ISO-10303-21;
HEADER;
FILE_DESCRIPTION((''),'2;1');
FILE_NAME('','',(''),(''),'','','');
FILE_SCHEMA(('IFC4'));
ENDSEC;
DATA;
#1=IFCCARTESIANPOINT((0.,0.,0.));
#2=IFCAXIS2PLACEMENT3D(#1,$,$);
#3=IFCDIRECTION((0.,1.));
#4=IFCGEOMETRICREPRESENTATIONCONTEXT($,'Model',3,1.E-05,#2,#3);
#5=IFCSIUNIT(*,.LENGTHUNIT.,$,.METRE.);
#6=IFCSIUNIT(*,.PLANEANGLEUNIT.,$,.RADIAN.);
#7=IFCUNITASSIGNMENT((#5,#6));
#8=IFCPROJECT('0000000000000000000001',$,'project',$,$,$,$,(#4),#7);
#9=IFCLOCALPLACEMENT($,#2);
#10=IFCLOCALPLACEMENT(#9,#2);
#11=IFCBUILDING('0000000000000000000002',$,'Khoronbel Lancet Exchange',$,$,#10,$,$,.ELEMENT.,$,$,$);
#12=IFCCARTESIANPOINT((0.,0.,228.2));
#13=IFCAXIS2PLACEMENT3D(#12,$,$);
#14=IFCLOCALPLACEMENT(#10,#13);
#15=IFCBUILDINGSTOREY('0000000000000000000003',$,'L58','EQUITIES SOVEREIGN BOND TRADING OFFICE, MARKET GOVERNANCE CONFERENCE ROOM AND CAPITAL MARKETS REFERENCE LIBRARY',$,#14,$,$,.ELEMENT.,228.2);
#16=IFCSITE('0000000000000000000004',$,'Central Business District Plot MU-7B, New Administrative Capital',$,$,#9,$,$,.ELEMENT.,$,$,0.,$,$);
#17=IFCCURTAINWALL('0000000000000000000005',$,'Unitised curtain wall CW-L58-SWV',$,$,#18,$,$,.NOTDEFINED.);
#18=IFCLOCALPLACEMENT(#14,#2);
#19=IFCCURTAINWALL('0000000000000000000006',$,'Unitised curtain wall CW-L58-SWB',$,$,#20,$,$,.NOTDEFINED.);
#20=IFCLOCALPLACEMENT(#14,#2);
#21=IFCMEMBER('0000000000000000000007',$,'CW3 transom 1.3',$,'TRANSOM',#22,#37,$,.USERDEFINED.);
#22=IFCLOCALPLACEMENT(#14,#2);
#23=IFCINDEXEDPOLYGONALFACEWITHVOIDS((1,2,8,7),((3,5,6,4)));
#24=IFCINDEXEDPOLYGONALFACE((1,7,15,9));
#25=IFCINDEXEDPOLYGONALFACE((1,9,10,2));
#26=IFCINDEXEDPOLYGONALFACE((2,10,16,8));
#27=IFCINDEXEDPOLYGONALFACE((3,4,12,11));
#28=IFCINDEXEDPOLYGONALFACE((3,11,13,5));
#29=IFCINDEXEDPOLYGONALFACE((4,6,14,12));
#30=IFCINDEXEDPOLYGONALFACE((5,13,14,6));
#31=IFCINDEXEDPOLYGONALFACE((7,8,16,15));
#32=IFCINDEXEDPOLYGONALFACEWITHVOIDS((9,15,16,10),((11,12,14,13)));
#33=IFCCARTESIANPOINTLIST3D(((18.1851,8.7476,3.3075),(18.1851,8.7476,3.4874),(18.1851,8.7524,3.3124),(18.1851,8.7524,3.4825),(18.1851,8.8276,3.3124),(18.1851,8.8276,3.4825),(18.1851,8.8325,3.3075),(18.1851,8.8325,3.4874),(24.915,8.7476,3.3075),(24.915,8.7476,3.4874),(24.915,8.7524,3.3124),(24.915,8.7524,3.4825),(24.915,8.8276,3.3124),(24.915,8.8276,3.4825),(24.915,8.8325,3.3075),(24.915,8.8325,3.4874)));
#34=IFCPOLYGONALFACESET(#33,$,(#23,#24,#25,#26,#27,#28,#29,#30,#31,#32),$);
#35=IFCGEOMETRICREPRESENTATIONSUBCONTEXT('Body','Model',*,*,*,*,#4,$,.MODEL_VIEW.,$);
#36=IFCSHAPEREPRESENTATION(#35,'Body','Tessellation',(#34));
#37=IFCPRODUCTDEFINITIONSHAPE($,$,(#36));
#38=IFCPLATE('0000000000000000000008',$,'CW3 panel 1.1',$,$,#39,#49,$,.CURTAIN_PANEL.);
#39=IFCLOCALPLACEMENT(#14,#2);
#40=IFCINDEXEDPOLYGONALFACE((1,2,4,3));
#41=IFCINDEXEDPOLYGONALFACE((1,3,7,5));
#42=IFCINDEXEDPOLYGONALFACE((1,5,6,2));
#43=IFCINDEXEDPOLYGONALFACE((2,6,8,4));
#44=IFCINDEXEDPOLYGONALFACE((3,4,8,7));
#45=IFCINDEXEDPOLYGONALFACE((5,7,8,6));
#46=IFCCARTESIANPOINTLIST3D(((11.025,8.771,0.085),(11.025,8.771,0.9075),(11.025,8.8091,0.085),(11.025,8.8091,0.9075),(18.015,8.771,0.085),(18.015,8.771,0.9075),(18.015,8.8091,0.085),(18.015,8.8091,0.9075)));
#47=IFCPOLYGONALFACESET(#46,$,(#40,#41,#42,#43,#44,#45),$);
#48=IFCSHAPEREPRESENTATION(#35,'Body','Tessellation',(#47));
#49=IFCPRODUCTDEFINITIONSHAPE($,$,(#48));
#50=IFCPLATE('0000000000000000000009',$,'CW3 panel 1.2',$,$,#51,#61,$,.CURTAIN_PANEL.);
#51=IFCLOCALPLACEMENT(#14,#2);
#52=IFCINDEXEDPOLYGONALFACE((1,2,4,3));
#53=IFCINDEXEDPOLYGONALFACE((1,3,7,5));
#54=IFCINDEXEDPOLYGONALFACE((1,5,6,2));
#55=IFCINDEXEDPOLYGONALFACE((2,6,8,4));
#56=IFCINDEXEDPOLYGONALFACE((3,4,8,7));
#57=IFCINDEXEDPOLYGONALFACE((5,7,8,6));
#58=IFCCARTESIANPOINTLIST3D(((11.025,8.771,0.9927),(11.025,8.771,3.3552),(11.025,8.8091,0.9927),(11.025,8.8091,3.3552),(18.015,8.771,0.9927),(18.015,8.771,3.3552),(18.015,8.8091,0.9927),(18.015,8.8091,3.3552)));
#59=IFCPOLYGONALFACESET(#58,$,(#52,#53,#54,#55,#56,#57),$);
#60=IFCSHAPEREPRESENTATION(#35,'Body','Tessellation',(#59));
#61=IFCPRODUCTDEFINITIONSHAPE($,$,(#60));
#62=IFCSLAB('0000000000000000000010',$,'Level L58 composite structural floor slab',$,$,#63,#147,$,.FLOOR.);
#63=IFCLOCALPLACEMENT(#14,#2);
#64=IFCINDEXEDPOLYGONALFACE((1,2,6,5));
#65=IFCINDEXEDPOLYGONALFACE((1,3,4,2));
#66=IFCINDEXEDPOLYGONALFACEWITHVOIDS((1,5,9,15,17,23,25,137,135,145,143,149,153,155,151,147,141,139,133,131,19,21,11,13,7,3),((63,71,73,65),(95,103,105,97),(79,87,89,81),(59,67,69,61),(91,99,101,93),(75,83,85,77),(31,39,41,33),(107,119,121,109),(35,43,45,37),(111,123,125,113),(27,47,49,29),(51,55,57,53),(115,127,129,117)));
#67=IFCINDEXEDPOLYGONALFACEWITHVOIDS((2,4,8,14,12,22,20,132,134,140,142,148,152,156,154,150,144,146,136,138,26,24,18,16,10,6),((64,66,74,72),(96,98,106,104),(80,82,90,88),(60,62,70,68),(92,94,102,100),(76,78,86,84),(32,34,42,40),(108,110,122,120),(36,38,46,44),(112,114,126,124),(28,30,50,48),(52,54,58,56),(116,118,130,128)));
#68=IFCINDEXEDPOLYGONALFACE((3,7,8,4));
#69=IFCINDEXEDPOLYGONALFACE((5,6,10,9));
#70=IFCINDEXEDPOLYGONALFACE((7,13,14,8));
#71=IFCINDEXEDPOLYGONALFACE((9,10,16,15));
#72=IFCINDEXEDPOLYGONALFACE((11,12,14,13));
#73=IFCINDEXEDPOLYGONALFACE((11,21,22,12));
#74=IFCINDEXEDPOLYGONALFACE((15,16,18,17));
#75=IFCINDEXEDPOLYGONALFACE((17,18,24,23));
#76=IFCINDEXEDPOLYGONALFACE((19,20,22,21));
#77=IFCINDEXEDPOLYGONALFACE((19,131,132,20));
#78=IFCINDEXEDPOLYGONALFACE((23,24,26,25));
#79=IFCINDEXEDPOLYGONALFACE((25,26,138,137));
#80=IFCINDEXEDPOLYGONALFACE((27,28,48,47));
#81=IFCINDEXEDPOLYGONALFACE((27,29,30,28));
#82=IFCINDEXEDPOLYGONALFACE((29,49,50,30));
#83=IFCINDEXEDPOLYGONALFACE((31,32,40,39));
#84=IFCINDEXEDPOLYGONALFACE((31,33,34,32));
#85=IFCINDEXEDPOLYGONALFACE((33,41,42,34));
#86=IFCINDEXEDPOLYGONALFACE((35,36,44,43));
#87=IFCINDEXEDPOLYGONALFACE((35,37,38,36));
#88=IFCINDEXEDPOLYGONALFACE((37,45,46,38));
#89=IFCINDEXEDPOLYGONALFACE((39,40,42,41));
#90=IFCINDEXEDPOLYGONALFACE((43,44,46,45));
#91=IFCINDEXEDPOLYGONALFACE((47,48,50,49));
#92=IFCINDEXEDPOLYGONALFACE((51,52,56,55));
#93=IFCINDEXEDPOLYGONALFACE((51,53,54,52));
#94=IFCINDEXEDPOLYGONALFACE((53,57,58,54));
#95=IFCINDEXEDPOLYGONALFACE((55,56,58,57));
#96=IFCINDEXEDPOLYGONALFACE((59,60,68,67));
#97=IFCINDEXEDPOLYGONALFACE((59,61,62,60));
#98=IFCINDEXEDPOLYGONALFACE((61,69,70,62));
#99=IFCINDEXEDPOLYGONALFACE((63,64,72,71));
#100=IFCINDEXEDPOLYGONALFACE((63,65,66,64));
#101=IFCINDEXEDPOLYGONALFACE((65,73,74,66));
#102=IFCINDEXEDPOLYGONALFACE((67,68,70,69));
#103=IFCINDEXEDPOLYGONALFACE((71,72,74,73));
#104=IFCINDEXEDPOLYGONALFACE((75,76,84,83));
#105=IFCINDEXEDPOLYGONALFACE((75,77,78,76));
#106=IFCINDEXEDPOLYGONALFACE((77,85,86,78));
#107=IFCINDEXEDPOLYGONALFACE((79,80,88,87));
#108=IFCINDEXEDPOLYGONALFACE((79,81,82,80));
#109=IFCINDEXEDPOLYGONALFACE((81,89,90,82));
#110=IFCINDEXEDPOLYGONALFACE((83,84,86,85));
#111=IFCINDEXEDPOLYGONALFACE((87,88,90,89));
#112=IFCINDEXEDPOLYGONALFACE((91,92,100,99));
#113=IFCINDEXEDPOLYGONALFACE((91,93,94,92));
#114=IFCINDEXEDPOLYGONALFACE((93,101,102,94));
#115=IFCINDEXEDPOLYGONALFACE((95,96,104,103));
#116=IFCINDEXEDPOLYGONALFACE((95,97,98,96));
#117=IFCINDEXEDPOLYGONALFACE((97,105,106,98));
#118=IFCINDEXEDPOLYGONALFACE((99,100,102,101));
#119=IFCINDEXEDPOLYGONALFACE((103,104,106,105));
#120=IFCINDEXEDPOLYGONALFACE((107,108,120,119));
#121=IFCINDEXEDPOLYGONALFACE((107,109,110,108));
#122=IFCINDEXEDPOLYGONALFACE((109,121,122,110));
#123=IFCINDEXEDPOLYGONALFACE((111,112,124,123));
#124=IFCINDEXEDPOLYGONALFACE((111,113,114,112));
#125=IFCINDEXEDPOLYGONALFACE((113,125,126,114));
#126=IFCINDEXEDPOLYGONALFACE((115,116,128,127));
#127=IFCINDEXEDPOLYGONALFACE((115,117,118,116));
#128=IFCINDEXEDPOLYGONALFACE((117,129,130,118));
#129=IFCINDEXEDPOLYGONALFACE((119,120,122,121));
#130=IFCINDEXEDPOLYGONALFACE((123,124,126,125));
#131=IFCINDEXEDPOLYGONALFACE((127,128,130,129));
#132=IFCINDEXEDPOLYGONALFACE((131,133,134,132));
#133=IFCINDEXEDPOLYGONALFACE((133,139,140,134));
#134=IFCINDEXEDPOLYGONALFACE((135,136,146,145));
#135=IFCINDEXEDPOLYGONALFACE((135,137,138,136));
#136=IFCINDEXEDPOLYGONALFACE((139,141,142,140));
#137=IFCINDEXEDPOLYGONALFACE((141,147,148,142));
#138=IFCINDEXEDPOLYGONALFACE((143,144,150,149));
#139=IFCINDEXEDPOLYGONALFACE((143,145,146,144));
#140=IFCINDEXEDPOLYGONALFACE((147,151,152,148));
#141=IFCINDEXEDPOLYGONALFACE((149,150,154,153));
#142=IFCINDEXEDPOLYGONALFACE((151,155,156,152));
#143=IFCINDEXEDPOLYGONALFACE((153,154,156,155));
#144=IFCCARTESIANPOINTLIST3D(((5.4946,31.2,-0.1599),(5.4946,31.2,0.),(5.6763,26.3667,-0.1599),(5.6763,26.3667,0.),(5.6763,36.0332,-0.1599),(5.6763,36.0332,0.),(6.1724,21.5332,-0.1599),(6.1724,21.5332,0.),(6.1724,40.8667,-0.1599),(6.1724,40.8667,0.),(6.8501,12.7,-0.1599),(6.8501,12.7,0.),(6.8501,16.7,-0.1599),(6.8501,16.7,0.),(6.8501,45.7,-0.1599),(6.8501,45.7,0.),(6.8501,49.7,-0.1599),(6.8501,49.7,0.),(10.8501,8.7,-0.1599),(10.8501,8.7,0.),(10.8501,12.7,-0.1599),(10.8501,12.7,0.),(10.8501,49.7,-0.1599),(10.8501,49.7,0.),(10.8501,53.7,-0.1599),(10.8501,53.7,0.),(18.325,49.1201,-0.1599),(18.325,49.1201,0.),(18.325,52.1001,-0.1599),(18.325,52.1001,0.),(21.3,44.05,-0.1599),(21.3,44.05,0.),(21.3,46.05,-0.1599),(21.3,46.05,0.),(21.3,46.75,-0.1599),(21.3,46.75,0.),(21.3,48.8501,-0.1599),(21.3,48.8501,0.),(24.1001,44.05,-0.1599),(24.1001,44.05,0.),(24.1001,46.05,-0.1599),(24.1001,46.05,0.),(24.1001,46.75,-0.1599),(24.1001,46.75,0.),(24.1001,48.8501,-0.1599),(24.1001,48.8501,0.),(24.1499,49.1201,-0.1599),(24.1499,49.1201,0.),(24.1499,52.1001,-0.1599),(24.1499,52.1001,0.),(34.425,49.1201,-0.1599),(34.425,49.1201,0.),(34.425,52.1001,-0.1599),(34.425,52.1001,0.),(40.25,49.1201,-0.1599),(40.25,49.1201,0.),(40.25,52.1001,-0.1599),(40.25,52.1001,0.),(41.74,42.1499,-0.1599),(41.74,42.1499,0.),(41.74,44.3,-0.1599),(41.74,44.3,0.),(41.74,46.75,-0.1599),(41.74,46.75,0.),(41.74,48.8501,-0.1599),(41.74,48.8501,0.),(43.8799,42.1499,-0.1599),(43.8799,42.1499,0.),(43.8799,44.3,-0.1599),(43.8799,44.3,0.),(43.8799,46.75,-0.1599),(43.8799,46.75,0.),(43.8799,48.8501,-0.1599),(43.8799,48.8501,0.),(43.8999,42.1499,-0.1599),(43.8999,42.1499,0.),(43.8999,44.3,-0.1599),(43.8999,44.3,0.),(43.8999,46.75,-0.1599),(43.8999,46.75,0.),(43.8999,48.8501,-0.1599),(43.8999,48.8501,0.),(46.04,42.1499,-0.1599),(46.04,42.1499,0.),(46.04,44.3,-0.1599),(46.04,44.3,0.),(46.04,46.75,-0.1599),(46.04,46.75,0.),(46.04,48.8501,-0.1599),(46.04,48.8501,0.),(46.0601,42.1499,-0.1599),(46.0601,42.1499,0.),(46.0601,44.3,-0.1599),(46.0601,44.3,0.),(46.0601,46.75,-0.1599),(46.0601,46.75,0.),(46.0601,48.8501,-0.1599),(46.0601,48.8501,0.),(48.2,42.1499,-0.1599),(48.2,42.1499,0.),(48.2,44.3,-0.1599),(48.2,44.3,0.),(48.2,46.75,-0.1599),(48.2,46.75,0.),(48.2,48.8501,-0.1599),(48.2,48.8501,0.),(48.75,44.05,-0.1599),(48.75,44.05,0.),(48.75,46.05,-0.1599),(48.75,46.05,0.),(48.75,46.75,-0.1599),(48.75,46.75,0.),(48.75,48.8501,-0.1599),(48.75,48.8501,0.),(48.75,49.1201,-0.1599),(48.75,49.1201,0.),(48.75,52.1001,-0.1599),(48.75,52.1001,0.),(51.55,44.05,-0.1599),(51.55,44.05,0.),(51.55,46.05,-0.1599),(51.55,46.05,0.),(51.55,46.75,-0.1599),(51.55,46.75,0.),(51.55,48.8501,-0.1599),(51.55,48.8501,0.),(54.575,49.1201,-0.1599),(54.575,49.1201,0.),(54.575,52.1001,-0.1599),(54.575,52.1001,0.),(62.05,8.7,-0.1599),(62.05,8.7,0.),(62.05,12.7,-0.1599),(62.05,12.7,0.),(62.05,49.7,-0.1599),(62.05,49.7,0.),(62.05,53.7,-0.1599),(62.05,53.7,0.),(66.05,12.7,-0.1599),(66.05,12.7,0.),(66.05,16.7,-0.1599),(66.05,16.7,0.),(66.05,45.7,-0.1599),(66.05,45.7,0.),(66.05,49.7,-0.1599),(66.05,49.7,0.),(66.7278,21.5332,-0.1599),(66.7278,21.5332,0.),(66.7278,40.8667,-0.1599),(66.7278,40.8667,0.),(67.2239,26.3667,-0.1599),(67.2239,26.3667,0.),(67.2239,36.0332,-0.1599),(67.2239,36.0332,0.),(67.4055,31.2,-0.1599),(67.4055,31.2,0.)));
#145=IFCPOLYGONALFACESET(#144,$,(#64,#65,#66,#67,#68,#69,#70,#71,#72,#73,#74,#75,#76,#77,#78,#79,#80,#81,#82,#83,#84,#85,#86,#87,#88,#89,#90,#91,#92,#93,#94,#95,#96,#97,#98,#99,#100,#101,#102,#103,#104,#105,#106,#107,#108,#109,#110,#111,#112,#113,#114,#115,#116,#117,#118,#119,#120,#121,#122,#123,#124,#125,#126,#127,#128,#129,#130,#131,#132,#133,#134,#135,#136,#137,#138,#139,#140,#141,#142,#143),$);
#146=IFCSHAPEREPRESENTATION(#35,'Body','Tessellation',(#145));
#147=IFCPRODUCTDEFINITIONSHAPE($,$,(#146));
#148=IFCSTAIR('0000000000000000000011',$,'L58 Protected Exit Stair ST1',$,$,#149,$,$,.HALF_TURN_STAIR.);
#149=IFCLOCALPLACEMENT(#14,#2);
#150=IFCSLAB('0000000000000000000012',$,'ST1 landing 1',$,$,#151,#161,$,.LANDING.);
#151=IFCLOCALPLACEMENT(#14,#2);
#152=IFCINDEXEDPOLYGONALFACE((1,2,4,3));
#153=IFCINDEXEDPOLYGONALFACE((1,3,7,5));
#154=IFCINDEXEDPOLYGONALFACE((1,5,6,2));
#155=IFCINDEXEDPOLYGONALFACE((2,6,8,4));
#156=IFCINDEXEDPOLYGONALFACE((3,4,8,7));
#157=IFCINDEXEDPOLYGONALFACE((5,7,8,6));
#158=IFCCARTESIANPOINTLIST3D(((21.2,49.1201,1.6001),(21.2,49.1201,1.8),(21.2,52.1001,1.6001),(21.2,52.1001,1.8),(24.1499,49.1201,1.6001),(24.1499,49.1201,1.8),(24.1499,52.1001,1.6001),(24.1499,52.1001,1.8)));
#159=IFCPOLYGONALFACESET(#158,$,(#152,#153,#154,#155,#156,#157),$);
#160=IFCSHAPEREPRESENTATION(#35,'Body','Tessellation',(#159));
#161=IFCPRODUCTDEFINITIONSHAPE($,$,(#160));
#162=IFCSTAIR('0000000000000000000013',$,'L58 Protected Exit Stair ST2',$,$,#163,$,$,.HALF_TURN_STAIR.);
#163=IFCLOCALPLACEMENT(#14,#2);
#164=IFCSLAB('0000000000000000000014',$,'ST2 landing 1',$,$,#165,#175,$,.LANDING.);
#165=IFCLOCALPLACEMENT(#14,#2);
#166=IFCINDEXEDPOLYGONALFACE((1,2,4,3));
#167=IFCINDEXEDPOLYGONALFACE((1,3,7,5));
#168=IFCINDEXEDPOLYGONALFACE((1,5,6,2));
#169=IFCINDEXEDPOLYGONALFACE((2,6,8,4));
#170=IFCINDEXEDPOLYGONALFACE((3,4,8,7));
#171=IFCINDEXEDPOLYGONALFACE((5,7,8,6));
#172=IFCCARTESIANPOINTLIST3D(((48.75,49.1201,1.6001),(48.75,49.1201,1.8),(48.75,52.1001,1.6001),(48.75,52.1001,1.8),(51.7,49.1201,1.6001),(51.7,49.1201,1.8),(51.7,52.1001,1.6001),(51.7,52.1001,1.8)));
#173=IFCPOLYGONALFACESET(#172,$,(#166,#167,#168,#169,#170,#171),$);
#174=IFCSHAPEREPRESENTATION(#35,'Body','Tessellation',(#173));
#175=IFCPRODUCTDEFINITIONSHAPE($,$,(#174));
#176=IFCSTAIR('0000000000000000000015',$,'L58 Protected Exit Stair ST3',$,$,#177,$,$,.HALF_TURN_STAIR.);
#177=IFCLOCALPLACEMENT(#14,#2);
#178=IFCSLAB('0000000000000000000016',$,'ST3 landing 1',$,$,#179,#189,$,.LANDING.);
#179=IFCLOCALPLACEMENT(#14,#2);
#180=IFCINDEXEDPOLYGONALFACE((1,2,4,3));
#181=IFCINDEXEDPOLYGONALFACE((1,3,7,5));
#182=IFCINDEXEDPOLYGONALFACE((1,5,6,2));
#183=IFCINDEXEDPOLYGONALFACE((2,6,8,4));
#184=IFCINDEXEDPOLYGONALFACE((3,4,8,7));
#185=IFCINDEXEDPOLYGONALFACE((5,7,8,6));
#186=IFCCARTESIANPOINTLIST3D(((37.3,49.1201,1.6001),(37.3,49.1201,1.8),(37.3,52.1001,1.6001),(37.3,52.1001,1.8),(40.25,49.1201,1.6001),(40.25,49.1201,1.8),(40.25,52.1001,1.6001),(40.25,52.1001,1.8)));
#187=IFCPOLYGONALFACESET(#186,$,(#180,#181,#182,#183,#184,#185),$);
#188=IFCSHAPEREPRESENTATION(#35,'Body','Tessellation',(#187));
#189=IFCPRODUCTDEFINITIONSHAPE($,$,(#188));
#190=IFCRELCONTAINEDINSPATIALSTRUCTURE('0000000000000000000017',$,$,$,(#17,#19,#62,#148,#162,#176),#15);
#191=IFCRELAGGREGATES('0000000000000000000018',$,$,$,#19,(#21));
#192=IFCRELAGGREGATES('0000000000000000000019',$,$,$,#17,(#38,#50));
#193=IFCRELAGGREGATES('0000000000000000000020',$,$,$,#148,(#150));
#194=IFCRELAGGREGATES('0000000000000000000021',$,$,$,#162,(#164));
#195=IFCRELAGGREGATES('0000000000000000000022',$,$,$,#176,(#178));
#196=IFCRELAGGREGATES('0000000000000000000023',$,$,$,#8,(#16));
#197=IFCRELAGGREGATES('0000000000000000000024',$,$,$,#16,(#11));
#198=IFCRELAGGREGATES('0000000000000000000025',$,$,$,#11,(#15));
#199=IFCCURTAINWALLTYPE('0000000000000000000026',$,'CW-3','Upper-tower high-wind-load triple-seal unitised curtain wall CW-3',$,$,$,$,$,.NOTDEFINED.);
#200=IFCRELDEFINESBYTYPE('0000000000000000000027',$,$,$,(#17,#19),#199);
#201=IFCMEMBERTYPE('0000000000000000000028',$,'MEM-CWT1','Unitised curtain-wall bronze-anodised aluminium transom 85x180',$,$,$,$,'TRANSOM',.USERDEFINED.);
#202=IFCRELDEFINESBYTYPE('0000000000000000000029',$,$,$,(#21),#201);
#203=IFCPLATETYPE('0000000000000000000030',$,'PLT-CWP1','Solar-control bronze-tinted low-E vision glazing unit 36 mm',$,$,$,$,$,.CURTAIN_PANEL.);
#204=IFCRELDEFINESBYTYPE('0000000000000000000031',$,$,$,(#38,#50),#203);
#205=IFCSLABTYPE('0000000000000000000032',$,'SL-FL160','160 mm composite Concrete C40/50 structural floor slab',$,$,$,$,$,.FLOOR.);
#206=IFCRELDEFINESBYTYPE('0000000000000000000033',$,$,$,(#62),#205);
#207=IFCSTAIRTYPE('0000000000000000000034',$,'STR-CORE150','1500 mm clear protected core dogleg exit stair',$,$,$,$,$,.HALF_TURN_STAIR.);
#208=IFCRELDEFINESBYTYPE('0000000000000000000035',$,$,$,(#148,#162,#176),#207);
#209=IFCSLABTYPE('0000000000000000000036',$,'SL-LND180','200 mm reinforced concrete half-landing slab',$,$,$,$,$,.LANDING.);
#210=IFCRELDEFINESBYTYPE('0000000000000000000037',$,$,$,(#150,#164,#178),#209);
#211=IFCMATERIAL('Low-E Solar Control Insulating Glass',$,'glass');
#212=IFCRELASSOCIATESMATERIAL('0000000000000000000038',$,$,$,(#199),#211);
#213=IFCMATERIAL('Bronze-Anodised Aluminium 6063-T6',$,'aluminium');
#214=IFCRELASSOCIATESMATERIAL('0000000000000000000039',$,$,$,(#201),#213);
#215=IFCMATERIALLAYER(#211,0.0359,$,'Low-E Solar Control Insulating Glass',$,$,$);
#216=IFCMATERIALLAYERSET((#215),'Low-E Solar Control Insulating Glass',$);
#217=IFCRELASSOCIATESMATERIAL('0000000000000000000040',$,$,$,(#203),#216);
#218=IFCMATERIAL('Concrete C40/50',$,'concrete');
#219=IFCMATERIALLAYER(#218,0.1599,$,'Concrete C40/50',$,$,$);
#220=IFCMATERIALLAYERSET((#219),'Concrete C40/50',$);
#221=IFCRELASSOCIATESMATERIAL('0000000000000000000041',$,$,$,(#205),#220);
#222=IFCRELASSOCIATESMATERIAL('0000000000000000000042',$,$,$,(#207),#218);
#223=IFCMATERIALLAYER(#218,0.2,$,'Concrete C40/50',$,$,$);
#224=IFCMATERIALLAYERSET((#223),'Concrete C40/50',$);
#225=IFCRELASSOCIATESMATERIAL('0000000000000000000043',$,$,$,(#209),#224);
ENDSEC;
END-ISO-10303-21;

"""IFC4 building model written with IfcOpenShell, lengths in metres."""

from ifc_helpers import new_model, si_unit, direction, frame, origin, origin_2d, place, context, subcontext, project, spatial, polyline, rectangle, hollow_rectangle, outline, extrude, material, layer, layer_set, material_profile, profile_set, type_object, element, aggregate, save


model = new_model("IFC4")

# Units and contexts
model_context = context("Model", 3, precision=1e-05, world=origin(), true_north=direction((0.0, 1.0)))
body_context = subcontext(model_context, "Body", "Model", "MODEL_VIEW")
ifc_project = project(units=[si_unit("LENGTHUNIT", "METRE"), si_unit("PLANEANGLEUNIT", "RADIAN")], contexts=[model_context])

# Site, building, storey
site_placement = place(None, origin())
site = spatial("IfcSite", under=ifc_project, at=site_placement, Name="Central Business District Plot MU-7B, New Administrative Capital", CompositionType="ELEMENT", RefElevation=0.0)
building_placement = place(site_placement, origin())
building = spatial("IfcBuilding", under=site, at=building_placement, Name="Khoronbel Lancet Exchange", CompositionType="ELEMENT")
storey_placement = place(building_placement, frame((0.0, 0.0, 228.2)))
storey = spatial("IfcBuildingStorey", under=building, at=storey_placement, Name="L58", Description="EQUITIES SOVEREIGN BOND TRADING OFFICE, MARKET GOVERNANCE CONFERENCE ROOM AND CAPITAL MARKETS REFERENCE LIBRARY", CompositionType="ELEMENT", Elevation=228.2)

# Curtain wall
ifc_material_1 = material(Name="Low-E Solar Control Insulating Glass", Category="glass")
curtain_wall_type = type_object("IfcCurtainWallType", Name="CW-3", Description="Upper-tower high-wind-load triple-seal unitised curtain wall CW-3", PredefinedType="NOTDEFINED", material=ifc_material_1)
curtain_wall_1_placement = place(storey_placement, origin())
curtain_wall_1 = element("IfcCurtainWall", 1, at=curtain_wall_1_placement, inside=storey, type_object=curtain_wall_type, Name="Unitised curtain wall CW-L58-SWV", PredefinedType="NOTDEFINED")
ifc_material_2 = material(Name="Bronze-Anodised Aluminium 6063-T6", Category="aluminium")

# Curtain wall
curtain_wall_2_placement = place(storey_placement, origin())
curtain_wall_2 = element("IfcCurtainWall", 2, at=curtain_wall_2_placement, inside=storey, type_object=curtain_wall_type, Name="Unitised curtain wall CW-L58-SWB", PredefinedType="NOTDEFINED")

# Member
ifc_material_profile_1 = material_profile(ifc_material_2, hollow_rectangle(XDim=0.085, YDim=0.1799, WallThickness=0.0049, at=origin_2d()), Name="ALU TRANSOM 85x180")
ifc_profile_set_1 = profile_set([ifc_material_profile_1], Name="Bronze-Anodised Aluminium 6063-T6")
member_type_1 = type_object("IfcMemberType", Name="MEM-CWT1", Description="Unitised curtain-wall bronze-anodised aluminium transom 85x180", ElementType="TRANSOM", PredefinedType="USERDEFINED", material=ifc_profile_set_1)
member_1_placement = place(storey_placement, frame((18.1851, 8.79, 3.3975), z_axis=(1.0, 0.0, 0.0), x_axis=(0.0, 1.0, 0.0)))
member_1 = element("IfcMember", 3, at=member_1_placement, type_object=member_type_1, Name="CW3 transom 1.3", ObjectType="TRANSOM", PredefinedType="USERDEFINED", context=body_context, shape_type="SweptSolid", body=[
    extrude(hollow_rectangle(XDim=0.085, YDim=0.1799, WallThickness=0.0049, at=origin_2d()), origin(), (0.0, 0.0, 1.0), 6.73),
])
aggregate(curtain_wall_2, [member_1])

# Plates
ifc_layer_1 = layer(ifc_material_1, 0.0359, Name="Low-E Solar Control Insulating Glass")
ifc_layer_set_1 = layer_set([ifc_layer_1], Name="Low-E Solar Control Insulating Glass")
plate_type = type_object("IfcPlateType", Name="PLT-CWP1", Description="Solar-control bronze-tinted low-E vision glazing unit 36 mm", PredefinedType="CURTAIN_PANEL", material=ifc_layer_set_1)
plate_1_placement = place(storey_placement, frame((14.52, 8.79, 0.085), z_axis=(0.0, 0.0, 1.0), x_axis=(1.0, 0.0, 0.0)))
plate_1 = element("IfcPlate", 4, at=plate_1_placement, type_object=plate_type, Name="CW3 panel 1.1", PredefinedType="CURTAIN_PANEL", context=body_context, shape_type="SweptSolid", body=[
    extrude(rectangle(XDim=6.99, YDim=0.0381, at=origin_2d()), origin(), (0.0, 0.0, 1.0), 0.8225),
])
plate_2_placement = place(storey_placement, frame((14.52, 8.79, 0.9927), z_axis=(0.0, 0.0, 1.0), x_axis=(1.0, 0.0, 0.0)))
plate_2 = element("IfcPlate", 5, at=plate_2_placement, type_object=plate_type, Name="CW3 panel 1.2", PredefinedType="CURTAIN_PANEL", context=body_context, shape_type="SweptSolid", body=[
    extrude(rectangle(XDim=6.99, YDim=0.0381, at=origin_2d()), origin(), (0.0, 0.0, 1.0), 2.3625),
])
aggregate(curtain_wall_1, [plate_1, plate_2])

# Slab
ifc_material_3 = material(Name="Concrete C40/50", Category="concrete")
ifc_layer_2 = layer(ifc_material_3, 0.1599, Name="Concrete C40/50")
ifc_layer_set_2 = layer_set([ifc_layer_2], Name="Concrete C40/50")
slab_type_1 = type_object("IfcSlabType", Name="SL-FL160", Description="160 mm composite Concrete C40/50 structural floor slab", PredefinedType="FLOOR", material=ifc_layer_set_2)
slab_1_placement = place(storey_placement, frame((0.0, 0.0, -0.1599)))
element("IfcSlab", 6, at=slab_1_placement, inside=storey, type_object=slab_type_1, Name="Level L58 composite structural floor slab", PredefinedType="FLOOR", context=body_context, shape_type="SweptSolid", body=[
    extrude(outline(polyline([(10.8501, 8.7), (62.05, 8.7), (62.05, 12.7), (66.05, 12.7), (66.05, 16.7), (66.7278, 21.5332), (67.2239, 26.3667), (67.4055, 31.2), (67.2239, 36.0332), (66.7278, 40.8667), (66.05, 45.7), (66.05, 49.7), (62.05, 49.7), (62.05, 53.7), (10.8501, 53.7), (10.8501, 49.7), (6.8501, 49.7), (6.8501, 45.7), (6.1724, 40.8667), (5.6763, 36.0332), (5.4946, 31.2), (5.6763, 26.3667), (6.1724, 21.5332), (6.8501, 16.7), (6.8501, 12.7), (10.8501, 12.7), (10.8501, 8.7)]), holes=[polyline([(18.325, 49.1201), (24.1499, 49.1201), (24.1499, 52.1001), (18.325, 52.1001), (18.325, 49.1201)]), polyline([(48.75, 49.1201), (54.575, 49.1201), (54.575, 52.1001), (48.75, 52.1001), (48.75, 49.1201)]), polyline([(34.425, 49.1201), (40.25, 49.1201), (40.25, 52.1001), (34.425, 52.1001), (34.425, 49.1201)]), polyline([(41.74, 46.75), (43.8799, 46.75), (43.8799, 48.8501), (41.74, 48.8501), (41.74, 46.75)]), polyline([(43.8999, 46.75), (46.04, 46.75), (46.04, 48.8501), (43.8999, 48.8501), (43.8999, 46.75)]), polyline([(46.0601, 46.75), (48.2, 46.75), (48.2, 48.8501), (46.0601, 48.8501), (46.0601, 46.75)]), polyline([(41.74, 42.1499), (43.8799, 42.1499), (43.8799, 44.3), (41.74, 44.3), (41.74, 42.1499)]), polyline([(43.8999, 42.1499), (46.04, 42.1499), (46.04, 44.3), (43.8999, 44.3), (43.8999, 42.1499)]), polyline([(46.0601, 42.1499), (48.2, 42.1499), (48.2, 44.3), (46.0601, 44.3), (46.0601, 42.1499)]), polyline([(21.3, 46.75), (24.1001, 46.75), (24.1001, 48.8501), (21.3, 48.8501), (21.3, 46.75)]), polyline([(48.75, 46.75), (51.55, 46.75), (51.55, 48.8501), (48.75, 48.8501), (48.75, 46.75)]), polyline([(21.3, 44.05), (24.1001, 44.05), (24.1001, 46.05), (21.3, 46.05), (21.3, 44.05)]), polyline([(48.75, 44.05), (51.55, 44.05), (51.55, 46.05), (48.75, 46.05), (48.75, 44.05)])]), origin(), (0.0, 0.0, 1.0), 0.1599),
])

# Stairs, slabs
stair_type = type_object("IfcStairType", Name="STR-CORE150", Description="1500 mm clear protected core dogleg exit stair", PredefinedType="HALF_TURN_STAIR", material=ifc_material_3)
stair_1_placement = place(storey_placement, origin())
stair_1 = element("IfcStair", 7, at=stair_1_placement, inside=storey, type_object=stair_type, Name="L58 Protected Exit Stair ST1", PredefinedType="HALF_TURN_STAIR")
ifc_layer_3 = layer(ifc_material_3, 0.2, Name="Concrete C40/50")
ifc_layer_set_3 = layer_set([ifc_layer_3], Name="Concrete C40/50")
slab_type_2 = type_object("IfcSlabType", Name="SL-LND180", Description="200 mm reinforced concrete half-landing slab", PredefinedType="LANDING", material=ifc_layer_set_3)
slab_2_placement = place(storey_placement, frame((0.0, 0.0, 1.6001)))
slab_2 = element("IfcSlab", 8, at=slab_2_placement, type_object=slab_type_2, Name="ST1 landing 1", PredefinedType="LANDING", context=body_context, shape_type="SweptSolid", body=[
    extrude(outline(polyline([(21.2, 49.1201), (24.1499, 49.1201), (24.1499, 52.1001), (21.2, 52.1001), (21.2, 49.1201)])), origin(), (0.0, 0.0, 1.0), 0.2),
])
aggregate(stair_1, [slab_2])
stair_2_placement = place(storey_placement, origin())
stair_2 = element("IfcStair", 9, at=stair_2_placement, inside=storey, type_object=stair_type, Name="L58 Protected Exit Stair ST2", PredefinedType="HALF_TURN_STAIR")
slab_3_placement = place(storey_placement, frame((0.0, 0.0, 1.6001)))
slab_3 = element("IfcSlab", 10, at=slab_3_placement, type_object=slab_type_2, Name="ST2 landing 1", PredefinedType="LANDING", context=body_context, shape_type="SweptSolid", body=[
    extrude(outline(polyline([(51.7, 52.1001), (48.75, 52.1001), (48.75, 49.1201), (51.7, 49.1201), (51.7, 52.1001)])), origin(), (0.0, 0.0, 1.0), 0.2),
])
aggregate(stair_2, [slab_3])
stair_3_placement = place(storey_placement, origin())
stair_3 = element("IfcStair", 11, at=stair_3_placement, inside=storey, type_object=stair_type, Name="L58 Protected Exit Stair ST3", PredefinedType="HALF_TURN_STAIR")
slab_4_placement = place(storey_placement, frame((0.0, 0.0, 1.6001)))
slab_4 = element("IfcSlab", 12, at=slab_4_placement, type_object=slab_type_2, Name="ST3 landing 1", PredefinedType="LANDING", context=body_context, shape_type="SweptSolid", body=[
    extrude(outline(polyline([(37.3, 49.1201), (40.25, 49.1201), (40.25, 52.1001), (37.3, 52.1001), (37.3, 49.1201)])), origin(), (0.0, 0.0, 1.0), 0.2),
])
aggregate(stair_3, [slab_4])

save(model, "model.ifc")
